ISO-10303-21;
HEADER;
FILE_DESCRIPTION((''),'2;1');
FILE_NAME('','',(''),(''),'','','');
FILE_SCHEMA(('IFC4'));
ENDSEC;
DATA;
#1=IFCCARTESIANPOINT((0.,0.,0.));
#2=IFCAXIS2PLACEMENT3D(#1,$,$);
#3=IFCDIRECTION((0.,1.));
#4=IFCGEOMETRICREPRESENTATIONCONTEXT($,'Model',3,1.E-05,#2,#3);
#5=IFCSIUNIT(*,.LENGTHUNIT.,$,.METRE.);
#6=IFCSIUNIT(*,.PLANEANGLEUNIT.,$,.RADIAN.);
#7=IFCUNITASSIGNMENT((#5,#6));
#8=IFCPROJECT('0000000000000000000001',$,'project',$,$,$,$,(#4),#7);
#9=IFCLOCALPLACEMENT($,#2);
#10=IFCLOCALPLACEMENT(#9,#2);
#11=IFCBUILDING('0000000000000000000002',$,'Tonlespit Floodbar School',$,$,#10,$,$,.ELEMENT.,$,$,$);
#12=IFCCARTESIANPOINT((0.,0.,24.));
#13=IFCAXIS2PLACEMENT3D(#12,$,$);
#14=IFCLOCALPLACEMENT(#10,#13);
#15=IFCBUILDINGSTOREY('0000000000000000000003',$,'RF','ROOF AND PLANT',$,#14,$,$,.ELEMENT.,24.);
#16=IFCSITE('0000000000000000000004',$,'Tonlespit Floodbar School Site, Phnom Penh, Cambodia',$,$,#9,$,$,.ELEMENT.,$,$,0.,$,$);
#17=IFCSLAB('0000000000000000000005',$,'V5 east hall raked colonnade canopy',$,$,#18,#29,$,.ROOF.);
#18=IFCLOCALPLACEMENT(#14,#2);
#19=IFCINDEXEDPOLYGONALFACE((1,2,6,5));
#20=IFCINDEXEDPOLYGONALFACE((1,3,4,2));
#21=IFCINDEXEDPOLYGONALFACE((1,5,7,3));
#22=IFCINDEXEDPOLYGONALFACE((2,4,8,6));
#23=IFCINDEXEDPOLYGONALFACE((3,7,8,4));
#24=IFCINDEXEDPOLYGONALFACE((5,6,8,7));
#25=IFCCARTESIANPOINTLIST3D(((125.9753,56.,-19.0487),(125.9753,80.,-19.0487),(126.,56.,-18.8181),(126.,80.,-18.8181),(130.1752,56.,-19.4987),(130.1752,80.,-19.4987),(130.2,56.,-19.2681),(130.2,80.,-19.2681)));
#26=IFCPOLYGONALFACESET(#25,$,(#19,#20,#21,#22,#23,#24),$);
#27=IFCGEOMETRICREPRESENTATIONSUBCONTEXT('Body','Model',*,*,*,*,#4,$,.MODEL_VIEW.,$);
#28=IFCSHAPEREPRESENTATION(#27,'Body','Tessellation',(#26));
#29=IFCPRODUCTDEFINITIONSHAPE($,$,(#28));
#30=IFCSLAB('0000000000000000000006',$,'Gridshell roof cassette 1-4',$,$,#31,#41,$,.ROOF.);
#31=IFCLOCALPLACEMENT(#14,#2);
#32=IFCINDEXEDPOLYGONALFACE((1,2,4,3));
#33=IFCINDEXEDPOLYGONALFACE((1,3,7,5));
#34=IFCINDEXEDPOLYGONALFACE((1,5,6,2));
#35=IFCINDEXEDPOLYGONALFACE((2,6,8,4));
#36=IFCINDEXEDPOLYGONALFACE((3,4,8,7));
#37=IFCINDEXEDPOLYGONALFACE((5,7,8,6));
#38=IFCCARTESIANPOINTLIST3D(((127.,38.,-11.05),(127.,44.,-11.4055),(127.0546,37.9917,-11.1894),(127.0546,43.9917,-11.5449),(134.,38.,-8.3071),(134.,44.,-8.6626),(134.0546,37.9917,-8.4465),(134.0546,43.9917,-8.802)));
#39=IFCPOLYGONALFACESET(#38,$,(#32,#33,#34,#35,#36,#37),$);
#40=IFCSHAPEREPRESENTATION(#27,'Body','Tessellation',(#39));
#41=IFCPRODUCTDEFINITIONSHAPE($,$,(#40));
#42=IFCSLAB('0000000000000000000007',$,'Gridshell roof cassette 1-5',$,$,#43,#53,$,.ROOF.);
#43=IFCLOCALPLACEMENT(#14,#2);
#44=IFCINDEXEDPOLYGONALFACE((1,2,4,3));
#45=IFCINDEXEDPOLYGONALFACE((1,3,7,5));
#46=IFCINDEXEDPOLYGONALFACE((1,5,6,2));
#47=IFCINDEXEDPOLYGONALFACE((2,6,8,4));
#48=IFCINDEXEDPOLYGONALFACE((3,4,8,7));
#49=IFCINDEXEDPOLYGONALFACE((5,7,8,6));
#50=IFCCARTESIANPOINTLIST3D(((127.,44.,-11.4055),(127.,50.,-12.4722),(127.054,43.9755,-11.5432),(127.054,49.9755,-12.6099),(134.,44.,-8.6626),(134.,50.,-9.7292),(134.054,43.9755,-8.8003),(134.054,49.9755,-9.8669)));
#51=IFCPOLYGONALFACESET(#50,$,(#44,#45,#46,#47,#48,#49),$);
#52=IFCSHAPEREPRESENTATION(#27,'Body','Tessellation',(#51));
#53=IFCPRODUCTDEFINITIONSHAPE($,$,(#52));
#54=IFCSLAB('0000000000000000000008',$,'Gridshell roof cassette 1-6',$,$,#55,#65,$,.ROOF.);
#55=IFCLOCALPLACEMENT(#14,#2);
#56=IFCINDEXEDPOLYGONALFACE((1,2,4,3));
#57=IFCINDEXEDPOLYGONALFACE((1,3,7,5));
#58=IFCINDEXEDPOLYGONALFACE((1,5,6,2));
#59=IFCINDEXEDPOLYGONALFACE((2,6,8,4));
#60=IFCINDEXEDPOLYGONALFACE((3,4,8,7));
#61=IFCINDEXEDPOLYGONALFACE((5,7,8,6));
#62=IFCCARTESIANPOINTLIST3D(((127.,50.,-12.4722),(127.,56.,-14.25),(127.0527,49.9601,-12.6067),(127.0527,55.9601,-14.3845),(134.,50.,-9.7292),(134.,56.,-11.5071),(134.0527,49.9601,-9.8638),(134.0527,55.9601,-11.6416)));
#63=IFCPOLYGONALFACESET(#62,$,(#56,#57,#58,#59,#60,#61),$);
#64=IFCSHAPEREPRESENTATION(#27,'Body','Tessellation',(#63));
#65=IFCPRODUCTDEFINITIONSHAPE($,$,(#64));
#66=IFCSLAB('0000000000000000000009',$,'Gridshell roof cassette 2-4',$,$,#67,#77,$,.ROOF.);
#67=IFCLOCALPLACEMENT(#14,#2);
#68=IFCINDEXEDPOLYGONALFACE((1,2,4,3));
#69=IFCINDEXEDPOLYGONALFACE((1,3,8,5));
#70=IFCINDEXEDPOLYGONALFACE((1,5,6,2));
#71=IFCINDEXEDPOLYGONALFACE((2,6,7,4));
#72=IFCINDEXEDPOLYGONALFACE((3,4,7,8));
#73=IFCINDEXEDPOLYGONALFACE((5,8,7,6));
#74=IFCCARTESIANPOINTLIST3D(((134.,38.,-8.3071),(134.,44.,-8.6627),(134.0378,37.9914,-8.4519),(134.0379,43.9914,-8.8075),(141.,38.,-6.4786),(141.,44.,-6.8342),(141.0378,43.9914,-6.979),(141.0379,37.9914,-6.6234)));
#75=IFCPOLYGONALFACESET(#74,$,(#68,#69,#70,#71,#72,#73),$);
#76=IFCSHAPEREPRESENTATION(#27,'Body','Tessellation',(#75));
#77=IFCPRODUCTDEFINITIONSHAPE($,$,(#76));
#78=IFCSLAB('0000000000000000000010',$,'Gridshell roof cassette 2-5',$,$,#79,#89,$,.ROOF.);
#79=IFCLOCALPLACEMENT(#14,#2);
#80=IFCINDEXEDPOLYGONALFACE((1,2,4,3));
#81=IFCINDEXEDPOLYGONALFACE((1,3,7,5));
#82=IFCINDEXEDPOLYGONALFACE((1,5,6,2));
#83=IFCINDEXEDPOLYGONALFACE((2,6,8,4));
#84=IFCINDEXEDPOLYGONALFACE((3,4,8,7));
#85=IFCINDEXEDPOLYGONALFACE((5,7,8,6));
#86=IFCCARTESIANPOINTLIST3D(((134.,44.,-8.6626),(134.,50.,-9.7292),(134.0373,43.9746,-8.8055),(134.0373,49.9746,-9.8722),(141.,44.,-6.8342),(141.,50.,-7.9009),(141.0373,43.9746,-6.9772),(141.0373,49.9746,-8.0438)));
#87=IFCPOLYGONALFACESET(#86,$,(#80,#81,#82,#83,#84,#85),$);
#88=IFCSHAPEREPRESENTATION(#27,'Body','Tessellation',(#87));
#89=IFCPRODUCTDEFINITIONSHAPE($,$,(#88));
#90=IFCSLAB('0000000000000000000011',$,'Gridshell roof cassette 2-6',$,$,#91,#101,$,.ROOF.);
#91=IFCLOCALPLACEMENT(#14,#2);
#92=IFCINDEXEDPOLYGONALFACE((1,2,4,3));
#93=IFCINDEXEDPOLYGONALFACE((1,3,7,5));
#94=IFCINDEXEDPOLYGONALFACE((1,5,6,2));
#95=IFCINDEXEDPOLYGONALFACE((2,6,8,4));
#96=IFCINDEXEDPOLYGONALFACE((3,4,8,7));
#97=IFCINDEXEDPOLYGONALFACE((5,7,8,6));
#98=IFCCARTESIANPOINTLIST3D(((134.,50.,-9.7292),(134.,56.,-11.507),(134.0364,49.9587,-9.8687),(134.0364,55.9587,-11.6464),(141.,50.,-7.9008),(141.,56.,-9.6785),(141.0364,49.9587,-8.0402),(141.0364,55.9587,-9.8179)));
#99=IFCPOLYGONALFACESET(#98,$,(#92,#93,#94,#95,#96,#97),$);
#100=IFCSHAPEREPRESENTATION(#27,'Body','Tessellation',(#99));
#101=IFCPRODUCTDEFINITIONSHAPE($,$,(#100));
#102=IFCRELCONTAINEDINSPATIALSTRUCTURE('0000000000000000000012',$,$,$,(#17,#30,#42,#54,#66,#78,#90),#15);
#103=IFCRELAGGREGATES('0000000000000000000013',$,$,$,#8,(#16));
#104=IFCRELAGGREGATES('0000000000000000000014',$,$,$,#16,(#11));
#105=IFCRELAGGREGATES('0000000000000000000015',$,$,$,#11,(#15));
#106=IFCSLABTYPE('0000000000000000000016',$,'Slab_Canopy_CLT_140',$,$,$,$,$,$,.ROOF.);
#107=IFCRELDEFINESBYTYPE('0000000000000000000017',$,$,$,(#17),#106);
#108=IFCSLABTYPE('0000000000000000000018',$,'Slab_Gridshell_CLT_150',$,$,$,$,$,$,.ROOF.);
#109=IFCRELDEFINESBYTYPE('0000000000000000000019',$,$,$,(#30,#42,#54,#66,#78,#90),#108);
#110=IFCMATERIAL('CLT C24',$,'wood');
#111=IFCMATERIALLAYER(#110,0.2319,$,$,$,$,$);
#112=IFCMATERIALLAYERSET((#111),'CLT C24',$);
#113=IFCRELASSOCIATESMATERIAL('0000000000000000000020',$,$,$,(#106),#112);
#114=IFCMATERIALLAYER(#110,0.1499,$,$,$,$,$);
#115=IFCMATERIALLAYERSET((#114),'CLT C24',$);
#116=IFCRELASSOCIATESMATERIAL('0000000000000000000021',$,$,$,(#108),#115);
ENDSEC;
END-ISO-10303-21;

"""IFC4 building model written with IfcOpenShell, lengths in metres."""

from ifc_helpers import new_model, si_unit, direction, frame, origin, place, context, subcontext, project, spatial, polyline, outline, extrude, material, layer, layer_set, type_object, element, save


model = new_model("IFC4")

# Units and contexts
model_context = context("Model", 3, precision=1e-05, world=origin(), true_north=direction((0.0, 1.0)))
body_context = subcontext(model_context, "Body", "Model", "MODEL_VIEW")
ifc_project = project(units=[si_unit("LENGTHUNIT", "METRE"), si_unit("PLANEANGLEUNIT", "RADIAN")], contexts=[model_context])

# Site, building, storey
site_placement = place(None, origin())
site = spatial("IfcSite", under=ifc_project, at=site_placement, Name="Tonlespit Floodbar School Site, Phnom Penh, Cambodia", CompositionType="ELEMENT", RefElevation=0.0)
building_placement = place(site_placement, origin())
building = spatial("IfcBuilding", under=site, at=building_placement, Name="Tonlespit Floodbar School", CompositionType="ELEMENT")
storey_placement = place(building_placement, frame((0.0, 0.0, 24.0)))
storey = spatial("IfcBuildingStorey", under=building, at=storey_placement, Name="RF", Description="ROOF AND PLANT", CompositionType="ELEMENT", Elevation=24.0)

# Slabs
ifc_material_1 = material(Name="CLT C24", Category="wood")
ifc_layer_1 = layer(ifc_material_1, 0.2319)
ifc_layer_set_1 = layer_set([ifc_layer_1], Name="CLT C24")
slab_type_1 = type_object("IfcSlabType", Name="Slab_Canopy_CLT_140", PredefinedType="ROOF", material=ifc_layer_set_1)
slab_1_placement = place(storey_placement, frame((126.0, 56.0, -18.8181), z_axis=(0.106523, 0.0, 0.99431), x_axis=(0.99431, 0.0, -0.106523)))
element("IfcSlab", 1, at=slab_1_placement, inside=storey, type_object=slab_type_1, Name="V5 east hall raked colonnade canopy", PredefinedType="ROOF", context=body_context, shape_type="SweptSolid", body=[
    extrude(outline(polyline([(0.0, 0.0), (4.224, 0.0), (4.224, 24.0), (0.0, 24.0), (0.0, 0.0)])), origin(), (0.0, 0.0, -1.0), 0.2319),
])
ifc_layer_2 = layer(ifc_material_1, 0.1499)
ifc_layer_set_2 = layer_set([ifc_layer_2], Name="CLT C24")
slab_type_2 = type_object("IfcSlabType", Name="Slab_Gridshell_CLT_150", PredefinedType="ROOF", material=ifc_layer_set_2)
slab_2_placement = place(storey_placement, frame((127.0, 38.0, -11.05), z_axis=(-0.364283, 0.055077, 0.929658), x_axis=(0.931072, 0.0, 0.364836)))
element("IfcSlab", 2, at=slab_2_placement, inside=storey, type_object=slab_type_2, Name="Gridshell roof cassette 1-4", PredefinedType="ROOF", context=body_context, shape_type="SweptSolid", body=[
    extrude(outline(polyline([(0.0, 0.0), (7.5182, 0.0), (7.3885, 6.0091), (-0.1297, 6.0091), (0.0, 0.0)])), origin(), (0.0, 0.0, -1.0), 0.1499),
])
slab_3_placement = place(storey_placement, frame((127.0, 44.0, -11.4055), z_axis=(-0.359939, 0.163299, 0.918573), x_axis=(0.931072, 0.0, 0.364836)))
element("IfcSlab", 3, at=slab_3_placement, inside=storey, type_object=slab_type_2, Name="Gridshell roof cassette 1-5", PredefinedType="ROOF", context=body_context, shape_type="SweptSolid", body=[
    extrude(outline(polyline([(0.0, 0.0), (7.5182, 0.0), (7.1291, 6.0816), (-0.3892, 6.0816), (0.0, 0.0)])), origin(), (0.0, 0.0, -1.0), 0.1499),
])
slab_4_placement = place(storey_placement, frame((127.0, 50.0, -12.4722), z_axis=(-0.351698, 0.265946, 0.897542), x_axis=(0.931072, 0.0, 0.364836)))
element("IfcSlab", 4, at=slab_4_placement, inside=storey, type_object=slab_type_2, Name="Gridshell roof cassette 1-6", PredefinedType="ROOF", context=body_context, shape_type="SweptSolid", body=[
    extrude(outline(polyline([(0.0, 0.0), (7.5182, 0.0), (6.8696, 6.2241), (-0.6486, 6.2241), (0.0, 0.0)])), origin(), (0.0, 0.0, -1.0), 0.1499),
])
slab_5_placement = place(storey_placement, frame((134.0, 38.0, -8.3071), z_axis=(-0.252319, 0.057247, 0.965949), x_axis=(0.967536, -0.000001, 0.252733)))
element("IfcSlab", 5, at=slab_5_placement, inside=storey, type_object=slab_type_2, Name="Gridshell roof cassette 2-4", PredefinedType="ROOF", context=body_context, shape_type="SweptSolid", body=[
    extrude(outline(polyline([(0.0, 0.0), (7.2349, 0.0), (7.145, 6.0099), (-0.0898, 6.0098), (0.0, 0.0)])), origin(), (0.0, 0.0, -1.0), 0.1499),
])
slab_6_placement = place(storey_placement, frame((134.0, 44.0, -8.6626), z_axis=(-0.24906, 0.169515, 0.953538), x_axis=(0.96754, 0.0, 0.252717)))
element("IfcSlab", 6, at=slab_6_placement, inside=storey, type_object=slab_type_2, Name="Gridshell roof cassette 2-5", PredefinedType="ROOF", context=body_context, shape_type="SweptSolid", body=[
    extrude(outline(polyline([(0.0, 0.0), (7.2348, 0.0), (6.9653, 6.0881), (-0.2696, 6.0881), (0.0, 0.0)])), origin(), (0.0, 0.0, -1.0), 0.1499),
])
slab_7_placement = place(storey_placement, frame((134.0, 50.0, -9.7292), z_axis=(-0.242948, 0.275567, 0.930075), x_axis=(0.967536, 0.000004, 0.252732)))
element("IfcSlab", 7, at=slab_7_placement, inside=storey, type_object=slab_type_2, Name="Gridshell roof cassette 2-6", PredefinedType="ROOF", context=body_context, shape_type="SweptSolid", body=[
    extrude(outline(polyline([(0.0, 0.0), (7.2348, 0.0), (6.7856, 6.2416), (-0.4493, 6.2417), (0.0, 0.0)])), origin(), (0.0, 0.0, -1.0), 0.1499),
])

save(model, "model.ifc")
